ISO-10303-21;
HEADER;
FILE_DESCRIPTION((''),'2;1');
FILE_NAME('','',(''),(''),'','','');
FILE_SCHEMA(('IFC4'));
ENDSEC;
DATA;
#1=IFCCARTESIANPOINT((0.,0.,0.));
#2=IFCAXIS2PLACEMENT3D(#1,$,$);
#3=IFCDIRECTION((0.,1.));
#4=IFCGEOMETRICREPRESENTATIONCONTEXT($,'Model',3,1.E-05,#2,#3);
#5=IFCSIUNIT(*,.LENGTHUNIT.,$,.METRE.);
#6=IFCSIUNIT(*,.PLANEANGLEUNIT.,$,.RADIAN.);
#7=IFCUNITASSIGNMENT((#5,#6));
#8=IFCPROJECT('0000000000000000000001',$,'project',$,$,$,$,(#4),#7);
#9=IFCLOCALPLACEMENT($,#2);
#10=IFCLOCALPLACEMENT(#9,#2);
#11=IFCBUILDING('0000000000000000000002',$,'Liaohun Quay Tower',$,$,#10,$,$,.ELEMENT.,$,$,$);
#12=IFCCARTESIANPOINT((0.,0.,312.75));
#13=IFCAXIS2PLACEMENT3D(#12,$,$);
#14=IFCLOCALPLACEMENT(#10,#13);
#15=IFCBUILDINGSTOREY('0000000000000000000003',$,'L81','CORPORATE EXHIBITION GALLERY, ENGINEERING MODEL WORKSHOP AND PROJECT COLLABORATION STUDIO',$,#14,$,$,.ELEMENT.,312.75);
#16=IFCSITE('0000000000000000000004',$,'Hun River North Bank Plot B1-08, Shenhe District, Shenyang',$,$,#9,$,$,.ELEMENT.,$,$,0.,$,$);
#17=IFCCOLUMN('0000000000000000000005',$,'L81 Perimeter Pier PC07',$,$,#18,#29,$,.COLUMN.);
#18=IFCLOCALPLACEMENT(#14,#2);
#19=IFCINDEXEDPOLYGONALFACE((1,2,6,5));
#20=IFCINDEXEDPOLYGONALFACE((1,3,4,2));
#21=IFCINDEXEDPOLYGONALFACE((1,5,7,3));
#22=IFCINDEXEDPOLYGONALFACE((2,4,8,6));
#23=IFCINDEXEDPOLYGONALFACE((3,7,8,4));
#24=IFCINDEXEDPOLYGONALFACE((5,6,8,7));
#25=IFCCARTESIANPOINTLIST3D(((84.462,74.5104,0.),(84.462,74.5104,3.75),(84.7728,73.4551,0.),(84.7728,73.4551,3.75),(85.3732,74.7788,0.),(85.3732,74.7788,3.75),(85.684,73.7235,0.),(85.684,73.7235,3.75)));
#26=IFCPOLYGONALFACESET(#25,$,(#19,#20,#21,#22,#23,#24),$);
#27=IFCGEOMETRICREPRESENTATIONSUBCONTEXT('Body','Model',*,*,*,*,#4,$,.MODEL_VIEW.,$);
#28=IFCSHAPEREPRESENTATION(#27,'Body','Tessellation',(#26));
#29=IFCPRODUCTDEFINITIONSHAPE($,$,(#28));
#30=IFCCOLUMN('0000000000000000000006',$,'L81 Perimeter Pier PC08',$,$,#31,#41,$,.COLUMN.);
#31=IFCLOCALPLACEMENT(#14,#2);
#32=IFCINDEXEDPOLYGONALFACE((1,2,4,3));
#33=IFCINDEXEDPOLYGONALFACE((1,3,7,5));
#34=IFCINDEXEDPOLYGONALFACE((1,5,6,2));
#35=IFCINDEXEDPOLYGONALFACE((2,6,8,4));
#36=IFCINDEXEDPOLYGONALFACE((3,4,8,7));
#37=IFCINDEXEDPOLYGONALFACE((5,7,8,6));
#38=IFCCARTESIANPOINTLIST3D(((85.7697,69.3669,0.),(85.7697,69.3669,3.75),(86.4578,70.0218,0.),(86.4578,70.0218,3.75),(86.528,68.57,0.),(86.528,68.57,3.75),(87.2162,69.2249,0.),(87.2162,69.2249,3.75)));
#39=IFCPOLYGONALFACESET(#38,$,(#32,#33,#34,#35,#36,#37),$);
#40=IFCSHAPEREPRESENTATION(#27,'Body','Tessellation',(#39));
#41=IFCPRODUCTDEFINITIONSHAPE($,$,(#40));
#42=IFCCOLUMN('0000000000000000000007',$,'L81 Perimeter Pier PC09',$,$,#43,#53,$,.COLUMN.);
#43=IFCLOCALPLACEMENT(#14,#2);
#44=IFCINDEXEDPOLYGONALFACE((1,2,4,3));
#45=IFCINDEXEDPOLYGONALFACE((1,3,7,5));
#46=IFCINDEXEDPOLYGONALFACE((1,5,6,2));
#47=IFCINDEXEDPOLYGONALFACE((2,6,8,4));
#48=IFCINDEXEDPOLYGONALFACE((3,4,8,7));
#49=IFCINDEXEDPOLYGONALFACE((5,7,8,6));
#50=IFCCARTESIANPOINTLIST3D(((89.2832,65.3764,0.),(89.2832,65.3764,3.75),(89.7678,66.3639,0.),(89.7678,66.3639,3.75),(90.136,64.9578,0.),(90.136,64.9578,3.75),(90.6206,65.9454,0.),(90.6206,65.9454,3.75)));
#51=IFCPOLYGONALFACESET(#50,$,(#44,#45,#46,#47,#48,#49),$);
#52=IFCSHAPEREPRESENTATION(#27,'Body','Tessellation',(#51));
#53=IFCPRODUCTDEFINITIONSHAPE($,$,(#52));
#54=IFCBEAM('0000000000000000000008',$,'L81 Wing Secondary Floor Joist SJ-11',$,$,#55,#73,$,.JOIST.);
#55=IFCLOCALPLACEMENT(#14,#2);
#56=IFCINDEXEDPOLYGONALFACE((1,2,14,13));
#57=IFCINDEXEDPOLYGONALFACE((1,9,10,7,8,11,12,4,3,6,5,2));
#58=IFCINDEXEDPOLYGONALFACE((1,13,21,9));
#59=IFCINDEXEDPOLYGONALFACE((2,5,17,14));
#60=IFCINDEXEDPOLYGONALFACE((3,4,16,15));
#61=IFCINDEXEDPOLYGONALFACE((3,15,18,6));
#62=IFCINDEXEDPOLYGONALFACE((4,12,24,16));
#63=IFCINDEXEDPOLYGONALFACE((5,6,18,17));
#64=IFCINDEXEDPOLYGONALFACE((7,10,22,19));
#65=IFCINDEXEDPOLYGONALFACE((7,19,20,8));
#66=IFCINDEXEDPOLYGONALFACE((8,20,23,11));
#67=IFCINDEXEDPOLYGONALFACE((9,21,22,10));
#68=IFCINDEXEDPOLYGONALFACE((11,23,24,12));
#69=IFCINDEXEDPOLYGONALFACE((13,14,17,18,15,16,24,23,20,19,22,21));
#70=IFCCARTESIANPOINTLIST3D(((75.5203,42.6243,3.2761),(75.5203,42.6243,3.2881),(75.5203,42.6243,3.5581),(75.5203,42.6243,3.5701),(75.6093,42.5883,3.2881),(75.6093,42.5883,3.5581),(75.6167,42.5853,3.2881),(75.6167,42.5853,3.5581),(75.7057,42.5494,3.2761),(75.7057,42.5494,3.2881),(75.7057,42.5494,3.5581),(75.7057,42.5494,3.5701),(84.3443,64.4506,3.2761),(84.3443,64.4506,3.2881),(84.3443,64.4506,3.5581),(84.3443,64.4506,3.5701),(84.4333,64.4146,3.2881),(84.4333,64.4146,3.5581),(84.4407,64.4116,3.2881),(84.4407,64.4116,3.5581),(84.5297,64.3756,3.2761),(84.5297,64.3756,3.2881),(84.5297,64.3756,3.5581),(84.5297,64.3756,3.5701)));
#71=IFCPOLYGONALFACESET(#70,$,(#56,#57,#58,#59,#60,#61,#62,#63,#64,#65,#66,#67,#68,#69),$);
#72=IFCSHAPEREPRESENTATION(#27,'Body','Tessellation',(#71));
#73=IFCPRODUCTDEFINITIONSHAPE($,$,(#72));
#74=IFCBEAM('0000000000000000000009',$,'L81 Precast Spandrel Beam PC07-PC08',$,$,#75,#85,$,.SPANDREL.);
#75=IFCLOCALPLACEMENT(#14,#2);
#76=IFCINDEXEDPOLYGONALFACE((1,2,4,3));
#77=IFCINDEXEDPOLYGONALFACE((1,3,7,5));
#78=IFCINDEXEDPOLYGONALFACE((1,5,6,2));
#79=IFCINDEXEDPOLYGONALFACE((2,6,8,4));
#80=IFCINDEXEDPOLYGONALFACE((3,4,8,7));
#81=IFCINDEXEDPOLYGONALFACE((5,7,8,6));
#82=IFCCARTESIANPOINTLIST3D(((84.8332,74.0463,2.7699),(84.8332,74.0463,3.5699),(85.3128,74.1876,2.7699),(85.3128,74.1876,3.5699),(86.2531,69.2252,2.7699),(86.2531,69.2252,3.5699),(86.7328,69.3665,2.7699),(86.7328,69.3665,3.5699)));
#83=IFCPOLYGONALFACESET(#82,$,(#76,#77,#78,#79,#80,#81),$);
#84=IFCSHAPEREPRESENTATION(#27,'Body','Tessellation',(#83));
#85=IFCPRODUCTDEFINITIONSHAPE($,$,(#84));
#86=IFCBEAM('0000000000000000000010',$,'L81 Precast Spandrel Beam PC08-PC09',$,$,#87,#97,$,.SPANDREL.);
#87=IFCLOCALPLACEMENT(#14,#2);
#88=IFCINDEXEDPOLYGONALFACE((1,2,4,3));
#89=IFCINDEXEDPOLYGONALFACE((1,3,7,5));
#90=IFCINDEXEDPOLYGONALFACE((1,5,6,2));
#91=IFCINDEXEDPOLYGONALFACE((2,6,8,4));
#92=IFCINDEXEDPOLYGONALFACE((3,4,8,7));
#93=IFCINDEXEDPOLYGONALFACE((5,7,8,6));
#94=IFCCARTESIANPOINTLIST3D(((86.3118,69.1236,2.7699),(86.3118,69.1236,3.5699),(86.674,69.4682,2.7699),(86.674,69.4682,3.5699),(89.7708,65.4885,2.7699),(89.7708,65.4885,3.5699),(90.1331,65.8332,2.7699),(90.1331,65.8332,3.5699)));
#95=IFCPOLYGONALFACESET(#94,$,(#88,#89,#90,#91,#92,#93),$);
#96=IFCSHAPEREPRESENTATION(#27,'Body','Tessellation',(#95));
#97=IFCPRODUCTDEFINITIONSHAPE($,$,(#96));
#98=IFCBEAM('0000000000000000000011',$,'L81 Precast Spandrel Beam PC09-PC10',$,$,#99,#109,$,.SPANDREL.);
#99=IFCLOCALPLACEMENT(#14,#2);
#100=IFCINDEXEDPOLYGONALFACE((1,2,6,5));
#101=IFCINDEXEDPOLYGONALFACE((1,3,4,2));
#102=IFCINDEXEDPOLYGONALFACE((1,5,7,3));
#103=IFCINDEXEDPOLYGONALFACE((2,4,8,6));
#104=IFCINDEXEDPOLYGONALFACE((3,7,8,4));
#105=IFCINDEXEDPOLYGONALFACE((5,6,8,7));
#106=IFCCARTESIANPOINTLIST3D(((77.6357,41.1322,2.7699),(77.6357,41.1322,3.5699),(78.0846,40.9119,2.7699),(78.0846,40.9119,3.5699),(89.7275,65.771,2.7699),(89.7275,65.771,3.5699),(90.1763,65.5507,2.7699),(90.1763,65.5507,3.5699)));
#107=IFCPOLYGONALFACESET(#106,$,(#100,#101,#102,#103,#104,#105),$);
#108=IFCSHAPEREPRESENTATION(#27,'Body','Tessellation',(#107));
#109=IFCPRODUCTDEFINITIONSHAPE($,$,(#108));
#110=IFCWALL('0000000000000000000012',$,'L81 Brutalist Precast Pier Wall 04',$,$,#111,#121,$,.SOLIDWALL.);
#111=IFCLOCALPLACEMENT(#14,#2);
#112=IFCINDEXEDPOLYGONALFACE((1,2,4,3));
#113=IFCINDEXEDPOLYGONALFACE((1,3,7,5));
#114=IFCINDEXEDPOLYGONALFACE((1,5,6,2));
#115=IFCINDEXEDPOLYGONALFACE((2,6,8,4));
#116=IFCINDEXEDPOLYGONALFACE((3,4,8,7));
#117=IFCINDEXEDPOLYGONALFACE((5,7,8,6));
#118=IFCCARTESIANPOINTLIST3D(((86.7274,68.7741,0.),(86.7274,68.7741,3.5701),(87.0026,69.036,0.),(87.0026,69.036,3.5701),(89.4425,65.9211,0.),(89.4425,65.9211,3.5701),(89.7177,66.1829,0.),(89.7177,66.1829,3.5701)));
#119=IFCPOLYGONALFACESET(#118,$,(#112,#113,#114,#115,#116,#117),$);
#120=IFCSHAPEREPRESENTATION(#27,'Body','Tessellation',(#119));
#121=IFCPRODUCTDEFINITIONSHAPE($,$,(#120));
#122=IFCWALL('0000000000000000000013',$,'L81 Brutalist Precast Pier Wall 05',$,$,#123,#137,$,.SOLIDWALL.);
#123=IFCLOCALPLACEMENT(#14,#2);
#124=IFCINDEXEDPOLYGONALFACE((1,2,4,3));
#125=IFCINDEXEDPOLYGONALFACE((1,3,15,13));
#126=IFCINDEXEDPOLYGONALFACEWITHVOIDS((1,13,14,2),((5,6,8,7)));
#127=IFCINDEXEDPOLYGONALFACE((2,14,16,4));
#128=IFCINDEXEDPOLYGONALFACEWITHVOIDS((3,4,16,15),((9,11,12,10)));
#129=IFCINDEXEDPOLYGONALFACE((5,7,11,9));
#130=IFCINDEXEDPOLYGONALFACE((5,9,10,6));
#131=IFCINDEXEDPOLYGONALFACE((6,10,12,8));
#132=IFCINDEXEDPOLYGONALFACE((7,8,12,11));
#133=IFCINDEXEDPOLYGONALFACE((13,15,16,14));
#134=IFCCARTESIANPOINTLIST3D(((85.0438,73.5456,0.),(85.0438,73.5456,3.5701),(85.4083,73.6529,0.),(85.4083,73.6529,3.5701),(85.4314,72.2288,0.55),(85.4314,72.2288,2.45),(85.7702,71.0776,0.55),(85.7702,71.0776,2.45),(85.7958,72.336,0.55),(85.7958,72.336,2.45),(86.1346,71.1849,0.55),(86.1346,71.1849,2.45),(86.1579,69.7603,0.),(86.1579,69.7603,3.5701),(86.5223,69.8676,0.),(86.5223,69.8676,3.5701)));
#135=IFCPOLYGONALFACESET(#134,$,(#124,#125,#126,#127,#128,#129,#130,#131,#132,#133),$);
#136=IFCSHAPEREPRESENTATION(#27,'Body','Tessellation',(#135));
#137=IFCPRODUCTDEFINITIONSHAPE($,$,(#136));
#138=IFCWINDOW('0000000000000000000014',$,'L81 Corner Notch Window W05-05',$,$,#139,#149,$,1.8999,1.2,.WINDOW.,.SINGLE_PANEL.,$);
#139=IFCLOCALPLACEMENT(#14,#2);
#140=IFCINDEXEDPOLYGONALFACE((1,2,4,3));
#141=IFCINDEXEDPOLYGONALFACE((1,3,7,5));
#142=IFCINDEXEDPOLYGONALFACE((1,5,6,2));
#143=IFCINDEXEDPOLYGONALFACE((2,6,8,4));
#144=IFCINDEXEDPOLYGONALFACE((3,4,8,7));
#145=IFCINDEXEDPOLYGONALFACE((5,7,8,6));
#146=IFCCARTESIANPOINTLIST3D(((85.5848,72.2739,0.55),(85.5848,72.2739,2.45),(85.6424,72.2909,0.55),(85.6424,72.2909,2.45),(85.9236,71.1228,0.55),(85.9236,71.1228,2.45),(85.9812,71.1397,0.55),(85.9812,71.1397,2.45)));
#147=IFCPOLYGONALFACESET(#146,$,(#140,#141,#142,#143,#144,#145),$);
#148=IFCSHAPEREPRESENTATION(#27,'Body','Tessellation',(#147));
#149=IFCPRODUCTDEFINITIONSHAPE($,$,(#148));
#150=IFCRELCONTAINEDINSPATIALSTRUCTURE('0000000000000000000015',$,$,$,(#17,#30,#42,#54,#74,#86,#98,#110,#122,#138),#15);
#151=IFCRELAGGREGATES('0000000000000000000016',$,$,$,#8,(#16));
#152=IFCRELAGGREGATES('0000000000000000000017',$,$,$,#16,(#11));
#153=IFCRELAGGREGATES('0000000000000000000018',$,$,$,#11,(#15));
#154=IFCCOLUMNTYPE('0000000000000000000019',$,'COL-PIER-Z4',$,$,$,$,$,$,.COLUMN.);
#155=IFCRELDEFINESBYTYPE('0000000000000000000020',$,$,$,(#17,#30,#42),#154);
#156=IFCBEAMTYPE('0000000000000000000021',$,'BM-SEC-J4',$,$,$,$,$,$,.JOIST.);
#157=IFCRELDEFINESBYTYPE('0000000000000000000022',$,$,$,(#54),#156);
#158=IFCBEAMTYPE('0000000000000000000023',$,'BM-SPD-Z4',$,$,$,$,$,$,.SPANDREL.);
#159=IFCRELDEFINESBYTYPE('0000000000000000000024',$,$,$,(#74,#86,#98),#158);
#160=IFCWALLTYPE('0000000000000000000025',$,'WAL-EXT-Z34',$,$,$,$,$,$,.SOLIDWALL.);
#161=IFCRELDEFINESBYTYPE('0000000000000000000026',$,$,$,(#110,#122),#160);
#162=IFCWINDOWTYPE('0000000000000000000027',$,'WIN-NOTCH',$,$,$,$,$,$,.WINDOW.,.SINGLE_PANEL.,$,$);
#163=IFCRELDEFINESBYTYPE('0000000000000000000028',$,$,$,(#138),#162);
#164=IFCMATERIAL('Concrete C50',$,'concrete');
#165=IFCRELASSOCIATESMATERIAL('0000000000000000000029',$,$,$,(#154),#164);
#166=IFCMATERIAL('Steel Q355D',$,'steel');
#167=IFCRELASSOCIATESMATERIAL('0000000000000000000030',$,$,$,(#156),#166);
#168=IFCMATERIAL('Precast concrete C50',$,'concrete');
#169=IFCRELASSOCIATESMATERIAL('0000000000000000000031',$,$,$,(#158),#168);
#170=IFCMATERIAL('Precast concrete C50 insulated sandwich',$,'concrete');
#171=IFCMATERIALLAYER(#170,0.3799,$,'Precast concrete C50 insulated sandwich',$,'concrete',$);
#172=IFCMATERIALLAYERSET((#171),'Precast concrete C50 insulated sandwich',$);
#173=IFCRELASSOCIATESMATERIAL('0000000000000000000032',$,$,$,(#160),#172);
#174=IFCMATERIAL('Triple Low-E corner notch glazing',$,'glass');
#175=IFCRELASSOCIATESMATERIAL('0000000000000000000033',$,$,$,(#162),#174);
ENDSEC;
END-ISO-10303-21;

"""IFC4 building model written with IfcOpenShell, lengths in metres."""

from ifc_helpers import new_model, si_unit, direction, frame, frame_2d, origin, origin_2d, place, context, subcontext, project, spatial, rectangle, i_section, extrude, source, transform, mapped, material, layer, layer_set, material_profile, profile_set, type_object, element, fill, save


model = new_model("IFC4")

# Units and contexts
model_context = context("Model", 3, precision=1e-05, world=origin(), true_north=direction((0.0, 1.0)))
body_context = subcontext(model_context, "Body", "Model", "MODEL_VIEW")
ifc_project = project(units=[si_unit("LENGTHUNIT", "METRE"), si_unit("PLANEANGLEUNIT", "RADIAN")], contexts=[model_context])

# Site, building, storey
site_placement = place(None, origin())
site = spatial("IfcSite", under=ifc_project, at=site_placement, Name="Hun River North Bank Plot B1-08, Shenhe District, Shenyang", CompositionType="ELEMENT", RefElevation=0.0)
building_placement = place(site_placement, origin())
building = spatial("IfcBuilding", under=site, at=building_placement, Name="Liaohun Quay Tower", CompositionType="ELEMENT")
storey_placement = place(building_placement, frame((0.0, 0.0, 312.75)))
storey = spatial("IfcBuildingStorey", under=building, at=storey_placement, Name="L81", Description="CORPORATE EXHIBITION GALLERY, ENGINEERING MODEL WORKSHOP AND PROJECT COLLABORATION STUDIO", CompositionType="ELEMENT", Elevation=312.75)

# Columns
ifc_material_1 = material(Name="Concrete C50", Category="concrete")
ifc_material_profile_1 = material_profile(ifc_material_1, rectangle(XDim=1.1001, YDim=0.95, at=origin_2d()), Name="RC1100x950")
ifc_profile_set_1 = profile_set([ifc_material_profile_1], Name="Concrete C50")
column_type = type_object("IfcColumnType", Name="COL-PIER-Z4", PredefinedType="COLUMN", material=ifc_profile_set_1)
shared_shape_1 = source(origin(), body_context, "Body", "SweptSolid", [
    extrude(rectangle(XDim=1.1001, YDim=0.95, at=origin_2d()), origin(), (0.0, 0.0, 1.0), 3.75),
])
for number, where, z_axis, x_axis, name in (
    (1, (85.073, 74.1169, 0.0), (0.0, 0.0, 1.0), (-0.282509, 0.959265, 0.0), "L81 Perimeter Pier PC07"),
    (2, (86.4929, 69.2959, 0.0), (0.0, 0.0, 1.0), (-0.689367, 0.724413, 0.0), "L81 Perimeter Pier PC08"),
    (3, (89.9519, 65.6609, 0.0), (0.0, 0.0, 1.0), (0.440566, 0.89772, 0.0), "L81 Perimeter Pier PC09"),
):
    element("IfcColumn", number, at=place(storey_placement, frame(where, z_axis=z_axis, x_axis=x_axis)), inside=storey, type_object=column_type, Name=name, PredefinedType="COLUMN", context=body_context, shape_type="MappedRepresentation", body=[
        mapped(shared_shape_1, transform((0.0, 0.0, 0.0), x_axis=(1.0, 0.0, 0.0), y_axis=(0.0, 1.0, 0.0), z_axis=(0.0, 0.0, 1.0), scale=1.0)),
    ])

# Beams
ifc_material_2 = material(Name="Steel Q355D", Category="steel")
ifc_material_profile_2 = material_profile(ifc_material_2, i_section(OverallWidth=0.2, OverallDepth=0.2939, WebThickness=0.0081, FlangeThickness=0.012, at=origin_2d()), Name="HM294x200x8x12")
ifc_profile_set_2 = profile_set([ifc_material_profile_2], Name="Steel Q355D")
beam_type_1 = type_object("IfcBeamType", Name="BM-SEC-J4", PredefinedType="JOIST", material=ifc_profile_set_2)
shared_shape_2 = source(origin(), body_context, "Body", "SweptSolid", [
    extrude(i_section(OverallWidth=0.2, OverallDepth=0.2939, WebThickness=0.0081, FlangeThickness=0.012, at=origin_2d()), origin(), (0.0, 0.0, 1.0), 23.5425),
])
beam_1_placement = place(storey_placement, frame((84.437, 64.4131, 3.4231), z_axis=(-0.374812, -0.927101, 0.0), x_axis=(0.927101, -0.374812, 0.0)))
element("IfcBeam", 4, at=beam_1_placement, inside=storey, type_object=beam_type_1, Name="L81 Wing Secondary Floor Joist SJ-11", PredefinedType="JOIST", context=body_context, shape_type="MappedRepresentation", body=[
    mapped(shared_shape_2, transform((0.0, 0.0, 0.0), x_axis=(1.0, 0.0, 0.0), y_axis=(0.0, 1.0, 0.0), z_axis=(0.0, 0.0, 1.0), scale=1.0)),
])
ifc_material_3 = material(Name="Precast concrete C50", Category="concrete")
ifc_material_profile_3 = material_profile(ifc_material_3, rectangle(XDim=0.5, YDim=0.8, at=origin_2d()), Name="RC500x800")
ifc_profile_set_3 = profile_set([ifc_material_profile_3], Name="Precast concrete C50")
beam_type_2 = type_object("IfcBeamType", Name="BM-SPD-Z4", PredefinedType="SPANDREL", material=ifc_profile_set_3)
shared_shape_3 = source(origin(), body_context, "Body", "SweptSolid", [
    extrude(rectangle(XDim=0.5, YDim=0.8, at=origin_2d()), origin(), (0.0, 0.0, 1.0), 5.0259),
])
beam_2_placement = place(storey_placement, frame((85.073, 74.1169, 3.1699), z_axis=(0.282527, -0.959259, 0.0), x_axis=(0.959259, 0.282527, 0.0)))
element("IfcBeam", 5, at=beam_2_placement, inside=storey, type_object=beam_type_2, Name="L81 Precast Spandrel Beam PC07-PC08", PredefinedType="SPANDREL", context=body_context, shape_type="MappedRepresentation", body=[
    mapped(shared_shape_3, transform((0.0, 0.0, 0.0), x_axis=(1.0, 0.0, 0.0), y_axis=(0.0, 1.0, 0.0), z_axis=(0.0, 0.0, 1.0), scale=1.0)),
])
shared_shape_4 = source(origin(), body_context, "Body", "SweptSolid", [
    extrude(rectangle(XDim=0.5, YDim=0.8, at=origin_2d()), origin(), (0.0, 0.0, 1.0), 5.0178),
])
beam_3_placement = place(storey_placement, frame((86.4929, 69.2959, 3.1699), z_axis=(0.689349, -0.724429, 0.0), x_axis=(0.724429, 0.689349, 0.0)))
element("IfcBeam", 6, at=beam_3_placement, inside=storey, type_object=beam_type_2, Name="L81 Precast Spandrel Beam PC08-PC09", PredefinedType="SPANDREL", context=body_context, shape_type="MappedRepresentation", body=[
    mapped(shared_shape_4, transform((0.0, 0.0, 0.0), x_axis=(1.0, 0.0, 0.0), y_axis=(0.0, 1.0, 0.0), z_axis=(0.0, 0.0, 1.0), scale=1.0)),
])
shared_shape_5 = source(origin(), body_context, "Body", "SweptSolid", [
    extrude(rectangle(XDim=0.5, YDim=0.8, at=origin_2d()), origin(), (0.0, 0.0, 1.0), 27.446),
])
beam_4_placement = place(storey_placement, frame((89.9519, 65.6609, 3.1699), z_axis=(-0.440565, -0.897721, 0.0), x_axis=(0.897721, -0.440565, 0.0)))
element("IfcBeam", 7, at=beam_4_placement, inside=storey, type_object=beam_type_2, Name="L81 Precast Spandrel Beam PC09-PC10", PredefinedType="SPANDREL", context=body_context, shape_type="MappedRepresentation", body=[
    mapped(shared_shape_5, transform((0.0, 0.0, 0.0), x_axis=(1.0, 0.0, 0.0), y_axis=(0.0, 1.0, 0.0), z_axis=(0.0, 0.0, 1.0), scale=1.0)),
])

# Wall
ifc_material_4 = material(Name="Precast concrete C50 insulated sandwich", Category="concrete")
ifc_layer_1 = layer(ifc_material_4, 0.3799, Name="Precast concrete C50 insulated sandwich", Category="concrete")
ifc_layer_set_1 = layer_set([ifc_layer_1], Name="Precast concrete C50 insulated sandwich")
wall_type_1 = type_object("IfcWallType", Name="WAL-EXT-Z34", PredefinedType="SOLIDWALL", material=ifc_layer_set_1)
wall_1_placement = place(storey_placement, frame((89.5801, 66.052, 0.0), z_axis=(0.0, 0.0, 1.0), x_axis=(-0.689378, 0.724402, 0.0)))
element("IfcWall", 8, at=wall_1_placement, inside=storey, type_object=wall_type_1, Name="L81 Brutalist Precast Pier Wall 04", PredefinedType="SOLIDWALL", context=body_context, shape_type="SweptSolid", body=[
    extrude(rectangle(XDim=3.9385, YDim=0.3799, at=frame_2d((1.9692, 0.0))), origin(), (0.0, 0.0, 1.0), 3.5701),
])

# Wall, opening, window
wall_2_placement = place(storey_placement, frame((86.3401, 69.814, 0.0), z_axis=(0.0, 0.0, 1.0), x_axis=(-0.282337, 0.959315, 0.0)))
wall_2 = element("IfcWall", 9, at=wall_2_placement, inside=storey, type_object=wall_type_1, Name="L81 Brutalist Precast Pier Wall 05", PredefinedType="SOLIDWALL", context=body_context, shape_type="SweptSolid", body=[
    extrude(rectangle(XDim=3.9458, YDim=0.3799, at=frame_2d((1.9729, 0.0))), origin(), (0.0, 0.0, 1.0), 3.5701),
])
shared_shape_6 = source(origin(), body_context, "Body", "SweptSolid", [
    extrude(rectangle(XDim=1.2, YDim=1.8999, at=frame_2d((0.6001, 0.95))), frame((0.0, 0.2, 0.0), z_axis=(0.0, -1.0, 0.0), x_axis=(1.0, 0.0, 0.0)), (0.0, 0.0, 1.0), 0.3999),
])
opening_1_placement = place(wall_2_placement, frame((1.373, 0.0, 0.55)))
opening_1 = element("IfcOpeningElement", 10, at=opening_1_placement, cuts=wall_2, PredefinedType="OPENING", context=body_context, shape_type="MappedRepresentation", body=[
    mapped(shared_shape_6, transform((0.0, 0.0, 0.0), x_axis=(1.0, 0.0, 0.0), y_axis=(0.0, 1.0, 0.0), z_axis=(0.0, 0.0, 1.0), scale=1.0)),
])
ifc_material_5 = material(Name="Triple Low-E corner notch glazing", Category="glass")
window_type_1 = type_object("IfcWindowType", Name="WIN-NOTCH", PartitioningType="SINGLE_PANEL", PredefinedType="WINDOW", material=ifc_material_5)
shared_shape_7 = source(origin(), body_context, "Body", "SweptSolid", [
    extrude(rectangle(XDim=1.2, YDim=1.8999, at=frame_2d((0.6001, 0.95))), frame((0.0, 0.03, 0.0), z_axis=(0.0, -1.0, 0.0), x_axis=(1.0, 0.0, 0.0)), (0.0, 0.0, 1.0), 0.0601),
])
window_1_placement = place(opening_1_placement, origin())
window_1 = element("IfcWindow", 11, at=window_1_placement, inside=storey, type_object=window_type_1, Name="L81 Corner Notch Window W05-05", OverallHeight=1.8999, OverallWidth=1.2, PartitioningType="SINGLE_PANEL", PredefinedType="WINDOW", context=body_context, shape_type="MappedRepresentation", body=[
    mapped(shared_shape_7, transform((0.0, 0.0, 0.0), x_axis=(1.0, 0.0, 0.0), y_axis=(0.0, 1.0, 0.0), z_axis=(0.0, 0.0, 1.0), scale=1.0)),
])
fill(opening_1, window_1)

save(model, "model.ifc")
